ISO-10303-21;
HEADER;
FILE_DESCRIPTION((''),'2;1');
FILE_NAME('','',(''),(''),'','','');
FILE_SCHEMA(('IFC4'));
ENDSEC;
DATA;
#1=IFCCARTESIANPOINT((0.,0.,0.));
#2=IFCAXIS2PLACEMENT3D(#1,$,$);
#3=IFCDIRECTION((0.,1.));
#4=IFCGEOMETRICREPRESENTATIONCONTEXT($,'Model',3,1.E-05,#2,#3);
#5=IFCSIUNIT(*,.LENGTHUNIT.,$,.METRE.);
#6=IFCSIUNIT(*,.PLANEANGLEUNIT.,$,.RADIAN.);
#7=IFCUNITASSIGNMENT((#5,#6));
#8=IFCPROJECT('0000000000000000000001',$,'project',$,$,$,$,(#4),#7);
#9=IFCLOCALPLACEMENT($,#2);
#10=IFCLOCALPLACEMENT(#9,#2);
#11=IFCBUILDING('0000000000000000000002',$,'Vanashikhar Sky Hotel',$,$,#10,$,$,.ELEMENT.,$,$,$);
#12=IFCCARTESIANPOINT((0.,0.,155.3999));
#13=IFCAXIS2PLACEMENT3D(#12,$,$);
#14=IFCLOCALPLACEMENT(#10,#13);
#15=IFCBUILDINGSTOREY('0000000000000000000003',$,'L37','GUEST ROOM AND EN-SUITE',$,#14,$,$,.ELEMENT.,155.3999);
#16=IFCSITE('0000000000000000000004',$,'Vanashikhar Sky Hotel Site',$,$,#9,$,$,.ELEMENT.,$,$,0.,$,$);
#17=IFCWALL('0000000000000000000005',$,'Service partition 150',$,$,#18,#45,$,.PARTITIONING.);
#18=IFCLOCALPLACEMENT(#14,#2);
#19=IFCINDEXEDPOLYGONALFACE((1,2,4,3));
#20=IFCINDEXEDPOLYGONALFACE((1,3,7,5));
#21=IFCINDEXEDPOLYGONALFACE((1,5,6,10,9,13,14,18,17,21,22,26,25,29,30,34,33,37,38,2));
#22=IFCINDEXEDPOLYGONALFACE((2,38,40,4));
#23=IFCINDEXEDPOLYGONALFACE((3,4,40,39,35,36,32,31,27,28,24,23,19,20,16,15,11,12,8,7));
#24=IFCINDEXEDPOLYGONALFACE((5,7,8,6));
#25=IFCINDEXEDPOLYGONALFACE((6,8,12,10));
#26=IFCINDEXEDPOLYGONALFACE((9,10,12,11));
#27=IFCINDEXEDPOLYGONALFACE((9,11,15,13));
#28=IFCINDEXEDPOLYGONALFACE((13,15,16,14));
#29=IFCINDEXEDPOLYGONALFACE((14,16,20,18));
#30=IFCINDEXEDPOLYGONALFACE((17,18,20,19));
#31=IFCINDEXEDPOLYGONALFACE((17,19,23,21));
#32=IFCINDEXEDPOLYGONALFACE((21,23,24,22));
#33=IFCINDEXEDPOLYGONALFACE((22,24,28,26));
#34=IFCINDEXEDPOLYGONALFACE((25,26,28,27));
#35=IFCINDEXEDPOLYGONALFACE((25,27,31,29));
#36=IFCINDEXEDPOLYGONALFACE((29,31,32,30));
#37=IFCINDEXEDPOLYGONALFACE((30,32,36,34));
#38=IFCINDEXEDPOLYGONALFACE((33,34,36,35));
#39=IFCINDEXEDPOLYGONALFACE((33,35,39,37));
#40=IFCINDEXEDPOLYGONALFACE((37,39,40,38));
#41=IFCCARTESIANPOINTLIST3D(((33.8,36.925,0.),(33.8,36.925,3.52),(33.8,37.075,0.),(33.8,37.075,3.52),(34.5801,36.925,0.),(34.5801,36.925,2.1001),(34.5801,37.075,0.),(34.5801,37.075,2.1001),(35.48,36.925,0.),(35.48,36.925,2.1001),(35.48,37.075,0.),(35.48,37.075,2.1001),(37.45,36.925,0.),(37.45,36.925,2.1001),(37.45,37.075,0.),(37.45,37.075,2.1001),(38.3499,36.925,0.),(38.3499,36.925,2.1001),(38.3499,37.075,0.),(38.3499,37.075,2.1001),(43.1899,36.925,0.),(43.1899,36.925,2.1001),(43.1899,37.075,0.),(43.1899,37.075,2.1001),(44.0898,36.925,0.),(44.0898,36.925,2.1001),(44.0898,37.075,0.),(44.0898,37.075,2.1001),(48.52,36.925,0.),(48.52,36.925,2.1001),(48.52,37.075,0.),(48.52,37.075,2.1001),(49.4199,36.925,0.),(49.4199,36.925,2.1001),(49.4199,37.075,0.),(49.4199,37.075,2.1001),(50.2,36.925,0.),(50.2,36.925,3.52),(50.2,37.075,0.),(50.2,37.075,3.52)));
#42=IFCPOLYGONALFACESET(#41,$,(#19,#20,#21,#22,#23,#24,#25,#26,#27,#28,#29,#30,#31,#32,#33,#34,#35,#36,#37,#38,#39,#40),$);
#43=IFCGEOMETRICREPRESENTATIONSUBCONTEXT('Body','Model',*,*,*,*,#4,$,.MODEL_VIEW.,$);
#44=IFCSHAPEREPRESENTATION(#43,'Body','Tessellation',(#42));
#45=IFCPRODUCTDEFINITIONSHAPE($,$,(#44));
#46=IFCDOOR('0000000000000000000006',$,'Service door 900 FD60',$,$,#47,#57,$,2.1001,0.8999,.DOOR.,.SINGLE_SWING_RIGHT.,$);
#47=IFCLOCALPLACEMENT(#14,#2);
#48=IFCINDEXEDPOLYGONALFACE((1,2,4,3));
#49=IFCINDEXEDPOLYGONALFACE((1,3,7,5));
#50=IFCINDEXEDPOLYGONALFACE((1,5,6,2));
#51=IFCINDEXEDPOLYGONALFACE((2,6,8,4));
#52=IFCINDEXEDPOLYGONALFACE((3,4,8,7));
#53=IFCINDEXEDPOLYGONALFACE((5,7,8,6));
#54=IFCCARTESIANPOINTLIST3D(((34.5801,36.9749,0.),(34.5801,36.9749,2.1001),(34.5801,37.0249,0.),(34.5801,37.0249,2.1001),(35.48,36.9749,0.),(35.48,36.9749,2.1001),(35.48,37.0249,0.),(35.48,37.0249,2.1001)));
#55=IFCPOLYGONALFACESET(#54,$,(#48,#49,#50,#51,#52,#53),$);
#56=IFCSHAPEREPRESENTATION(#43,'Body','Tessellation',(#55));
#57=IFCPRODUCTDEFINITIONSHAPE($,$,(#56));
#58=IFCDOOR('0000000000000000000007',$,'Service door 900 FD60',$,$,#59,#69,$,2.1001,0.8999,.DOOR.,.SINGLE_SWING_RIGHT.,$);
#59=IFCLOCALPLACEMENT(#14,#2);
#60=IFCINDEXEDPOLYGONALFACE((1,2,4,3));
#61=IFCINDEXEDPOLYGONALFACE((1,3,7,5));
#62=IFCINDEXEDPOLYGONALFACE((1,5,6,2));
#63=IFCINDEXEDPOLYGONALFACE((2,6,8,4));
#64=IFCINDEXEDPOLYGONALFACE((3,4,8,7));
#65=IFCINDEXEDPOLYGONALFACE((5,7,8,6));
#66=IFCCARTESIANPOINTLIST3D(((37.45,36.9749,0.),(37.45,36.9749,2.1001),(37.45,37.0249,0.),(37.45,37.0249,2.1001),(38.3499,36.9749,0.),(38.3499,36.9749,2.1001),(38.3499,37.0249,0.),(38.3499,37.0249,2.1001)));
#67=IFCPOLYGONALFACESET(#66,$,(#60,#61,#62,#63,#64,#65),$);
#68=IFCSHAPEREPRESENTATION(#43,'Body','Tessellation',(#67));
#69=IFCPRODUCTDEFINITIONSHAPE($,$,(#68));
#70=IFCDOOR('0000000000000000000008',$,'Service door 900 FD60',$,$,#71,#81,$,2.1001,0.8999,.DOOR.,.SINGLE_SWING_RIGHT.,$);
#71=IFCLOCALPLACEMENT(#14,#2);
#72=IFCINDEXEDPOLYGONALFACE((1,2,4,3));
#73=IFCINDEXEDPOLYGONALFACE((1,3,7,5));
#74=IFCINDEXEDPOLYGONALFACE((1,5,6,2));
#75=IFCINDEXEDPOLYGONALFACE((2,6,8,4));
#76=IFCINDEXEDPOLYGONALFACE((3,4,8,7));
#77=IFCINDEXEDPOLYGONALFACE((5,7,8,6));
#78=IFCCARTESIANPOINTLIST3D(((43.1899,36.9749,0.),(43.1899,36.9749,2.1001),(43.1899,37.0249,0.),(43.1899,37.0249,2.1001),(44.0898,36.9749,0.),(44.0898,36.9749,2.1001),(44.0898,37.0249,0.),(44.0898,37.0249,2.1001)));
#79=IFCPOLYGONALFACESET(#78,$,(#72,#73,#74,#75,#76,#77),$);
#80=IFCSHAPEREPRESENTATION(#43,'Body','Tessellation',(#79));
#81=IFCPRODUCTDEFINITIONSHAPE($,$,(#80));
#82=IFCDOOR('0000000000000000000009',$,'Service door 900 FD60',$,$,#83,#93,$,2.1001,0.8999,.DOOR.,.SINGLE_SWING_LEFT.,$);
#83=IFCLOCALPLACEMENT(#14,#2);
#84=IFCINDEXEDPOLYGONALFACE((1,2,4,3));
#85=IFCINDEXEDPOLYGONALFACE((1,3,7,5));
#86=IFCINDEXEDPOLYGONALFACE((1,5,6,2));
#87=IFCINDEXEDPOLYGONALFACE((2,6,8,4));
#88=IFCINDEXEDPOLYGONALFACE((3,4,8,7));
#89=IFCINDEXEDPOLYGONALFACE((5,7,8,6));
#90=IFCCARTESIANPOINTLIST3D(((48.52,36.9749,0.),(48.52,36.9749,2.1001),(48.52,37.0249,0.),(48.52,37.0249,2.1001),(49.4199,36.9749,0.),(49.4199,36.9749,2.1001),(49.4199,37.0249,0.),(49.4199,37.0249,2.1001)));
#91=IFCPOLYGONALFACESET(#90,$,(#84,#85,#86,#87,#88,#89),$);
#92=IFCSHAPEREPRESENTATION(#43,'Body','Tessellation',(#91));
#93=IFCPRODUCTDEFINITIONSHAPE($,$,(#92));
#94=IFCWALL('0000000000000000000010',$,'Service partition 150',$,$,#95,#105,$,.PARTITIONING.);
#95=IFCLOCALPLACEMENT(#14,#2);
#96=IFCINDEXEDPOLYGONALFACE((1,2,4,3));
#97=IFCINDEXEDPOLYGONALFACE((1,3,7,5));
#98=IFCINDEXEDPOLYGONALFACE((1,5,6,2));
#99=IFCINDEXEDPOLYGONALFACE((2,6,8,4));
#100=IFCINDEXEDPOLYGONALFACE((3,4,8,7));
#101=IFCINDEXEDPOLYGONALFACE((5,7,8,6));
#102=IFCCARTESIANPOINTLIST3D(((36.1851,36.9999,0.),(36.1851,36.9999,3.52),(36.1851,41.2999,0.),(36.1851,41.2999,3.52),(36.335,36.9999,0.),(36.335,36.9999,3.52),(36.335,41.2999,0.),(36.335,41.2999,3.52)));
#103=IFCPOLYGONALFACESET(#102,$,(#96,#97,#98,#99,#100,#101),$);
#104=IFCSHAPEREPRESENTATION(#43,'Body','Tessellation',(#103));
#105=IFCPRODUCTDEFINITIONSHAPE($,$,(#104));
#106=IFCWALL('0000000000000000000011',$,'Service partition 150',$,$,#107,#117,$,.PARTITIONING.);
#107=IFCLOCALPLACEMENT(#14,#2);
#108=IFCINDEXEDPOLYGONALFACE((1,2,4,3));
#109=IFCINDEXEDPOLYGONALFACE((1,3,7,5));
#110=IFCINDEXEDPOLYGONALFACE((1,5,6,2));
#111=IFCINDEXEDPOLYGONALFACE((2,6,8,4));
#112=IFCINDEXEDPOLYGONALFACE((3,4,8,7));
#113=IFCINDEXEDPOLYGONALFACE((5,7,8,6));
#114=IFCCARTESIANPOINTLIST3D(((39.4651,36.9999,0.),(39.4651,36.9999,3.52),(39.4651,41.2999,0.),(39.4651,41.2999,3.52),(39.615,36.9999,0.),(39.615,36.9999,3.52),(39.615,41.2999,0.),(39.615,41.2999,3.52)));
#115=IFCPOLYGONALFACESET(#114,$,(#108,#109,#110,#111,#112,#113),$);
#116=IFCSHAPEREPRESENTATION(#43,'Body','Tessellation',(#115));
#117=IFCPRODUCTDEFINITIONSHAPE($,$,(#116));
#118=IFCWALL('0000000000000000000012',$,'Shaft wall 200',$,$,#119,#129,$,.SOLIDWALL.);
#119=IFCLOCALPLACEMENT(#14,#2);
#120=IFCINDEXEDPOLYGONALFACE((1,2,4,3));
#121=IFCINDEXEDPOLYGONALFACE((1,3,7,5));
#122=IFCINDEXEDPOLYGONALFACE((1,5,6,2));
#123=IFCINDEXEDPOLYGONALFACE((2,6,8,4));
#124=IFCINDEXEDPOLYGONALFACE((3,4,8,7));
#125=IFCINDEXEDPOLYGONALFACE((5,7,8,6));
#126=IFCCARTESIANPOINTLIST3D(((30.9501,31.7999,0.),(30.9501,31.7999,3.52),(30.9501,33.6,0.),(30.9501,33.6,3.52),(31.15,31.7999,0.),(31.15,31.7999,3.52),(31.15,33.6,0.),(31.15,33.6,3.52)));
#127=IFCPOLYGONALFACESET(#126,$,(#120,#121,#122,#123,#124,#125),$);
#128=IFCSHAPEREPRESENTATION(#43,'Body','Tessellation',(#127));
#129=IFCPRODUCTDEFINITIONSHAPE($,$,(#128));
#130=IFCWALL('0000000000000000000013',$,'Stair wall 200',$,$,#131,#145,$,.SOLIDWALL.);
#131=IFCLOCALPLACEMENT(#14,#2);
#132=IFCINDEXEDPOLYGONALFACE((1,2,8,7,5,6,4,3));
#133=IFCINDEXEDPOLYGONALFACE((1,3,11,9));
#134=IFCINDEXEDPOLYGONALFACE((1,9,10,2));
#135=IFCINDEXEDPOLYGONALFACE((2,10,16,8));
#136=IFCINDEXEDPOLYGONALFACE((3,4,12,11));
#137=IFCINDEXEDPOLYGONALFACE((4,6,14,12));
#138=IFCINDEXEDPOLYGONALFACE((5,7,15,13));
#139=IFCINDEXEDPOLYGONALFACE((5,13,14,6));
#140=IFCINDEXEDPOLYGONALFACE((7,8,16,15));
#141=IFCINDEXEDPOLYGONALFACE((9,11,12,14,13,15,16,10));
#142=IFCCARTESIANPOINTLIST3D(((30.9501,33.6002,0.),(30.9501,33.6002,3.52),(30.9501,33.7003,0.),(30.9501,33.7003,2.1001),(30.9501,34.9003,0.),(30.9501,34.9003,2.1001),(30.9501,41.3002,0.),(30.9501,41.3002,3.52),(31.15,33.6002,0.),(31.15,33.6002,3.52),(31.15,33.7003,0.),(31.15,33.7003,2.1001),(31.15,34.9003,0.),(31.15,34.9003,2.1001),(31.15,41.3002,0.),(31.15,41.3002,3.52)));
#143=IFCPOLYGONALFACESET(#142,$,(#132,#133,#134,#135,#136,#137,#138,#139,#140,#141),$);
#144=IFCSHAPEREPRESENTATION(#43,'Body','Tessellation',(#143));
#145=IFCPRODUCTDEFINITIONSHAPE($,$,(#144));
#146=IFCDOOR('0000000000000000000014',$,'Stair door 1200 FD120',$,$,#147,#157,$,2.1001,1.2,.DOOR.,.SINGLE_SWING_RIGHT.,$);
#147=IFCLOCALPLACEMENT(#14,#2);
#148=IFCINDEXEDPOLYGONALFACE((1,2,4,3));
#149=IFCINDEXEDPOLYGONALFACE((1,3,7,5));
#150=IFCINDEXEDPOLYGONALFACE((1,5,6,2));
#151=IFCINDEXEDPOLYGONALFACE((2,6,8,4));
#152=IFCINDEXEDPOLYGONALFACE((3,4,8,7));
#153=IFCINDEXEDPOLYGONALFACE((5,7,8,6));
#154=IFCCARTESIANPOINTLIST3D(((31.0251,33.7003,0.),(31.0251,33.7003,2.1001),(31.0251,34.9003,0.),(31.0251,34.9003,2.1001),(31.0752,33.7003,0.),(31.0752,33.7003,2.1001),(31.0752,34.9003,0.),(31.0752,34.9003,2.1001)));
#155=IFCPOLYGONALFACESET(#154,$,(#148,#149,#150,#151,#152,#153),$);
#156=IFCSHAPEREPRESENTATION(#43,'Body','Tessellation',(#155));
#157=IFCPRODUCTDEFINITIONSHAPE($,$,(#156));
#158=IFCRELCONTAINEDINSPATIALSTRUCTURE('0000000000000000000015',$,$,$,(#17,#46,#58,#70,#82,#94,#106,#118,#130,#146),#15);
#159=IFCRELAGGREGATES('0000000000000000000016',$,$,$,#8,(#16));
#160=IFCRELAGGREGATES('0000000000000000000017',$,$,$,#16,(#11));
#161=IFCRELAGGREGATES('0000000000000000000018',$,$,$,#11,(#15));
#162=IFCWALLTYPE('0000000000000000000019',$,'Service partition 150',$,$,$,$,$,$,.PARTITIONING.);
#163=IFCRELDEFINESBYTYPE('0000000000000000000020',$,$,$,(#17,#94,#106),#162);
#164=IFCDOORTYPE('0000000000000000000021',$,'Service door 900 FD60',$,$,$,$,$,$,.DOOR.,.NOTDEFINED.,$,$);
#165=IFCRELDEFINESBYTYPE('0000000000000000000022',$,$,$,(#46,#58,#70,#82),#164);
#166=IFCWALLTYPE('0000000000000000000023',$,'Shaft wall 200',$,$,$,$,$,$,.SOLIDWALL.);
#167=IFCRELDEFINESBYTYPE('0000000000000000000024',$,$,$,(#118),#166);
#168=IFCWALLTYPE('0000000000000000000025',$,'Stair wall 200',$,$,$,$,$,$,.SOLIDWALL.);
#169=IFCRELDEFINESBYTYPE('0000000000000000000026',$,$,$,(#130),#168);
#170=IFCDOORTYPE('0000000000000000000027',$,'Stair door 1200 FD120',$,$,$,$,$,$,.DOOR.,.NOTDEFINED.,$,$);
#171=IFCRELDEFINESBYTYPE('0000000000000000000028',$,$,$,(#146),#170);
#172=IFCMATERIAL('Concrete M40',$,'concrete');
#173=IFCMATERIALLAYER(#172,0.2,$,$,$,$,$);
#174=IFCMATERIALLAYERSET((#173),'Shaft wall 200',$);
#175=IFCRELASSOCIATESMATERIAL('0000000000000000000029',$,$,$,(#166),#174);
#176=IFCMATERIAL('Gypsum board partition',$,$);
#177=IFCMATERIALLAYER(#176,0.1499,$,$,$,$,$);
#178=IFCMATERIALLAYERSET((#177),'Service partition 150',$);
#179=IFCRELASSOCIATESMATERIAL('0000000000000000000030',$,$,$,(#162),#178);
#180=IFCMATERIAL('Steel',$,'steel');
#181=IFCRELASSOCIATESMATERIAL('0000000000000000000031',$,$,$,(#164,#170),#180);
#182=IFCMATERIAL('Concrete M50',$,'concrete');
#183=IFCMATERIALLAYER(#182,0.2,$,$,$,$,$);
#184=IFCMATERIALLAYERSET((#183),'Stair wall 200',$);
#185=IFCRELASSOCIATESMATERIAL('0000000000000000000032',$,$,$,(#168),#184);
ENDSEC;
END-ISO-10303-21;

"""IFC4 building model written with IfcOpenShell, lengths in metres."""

from ifc_helpers import new_model, si_unit, direction, frame, frame_2d, origin, place, context, subcontext, project, spatial, rectangle, extrude, source, transform, mapped, material, layer, layer_set, type_object, element, fill, save


model = new_model("IFC4")

# Units and contexts
model_context = context("Model", 3, precision=1e-05, world=origin(), true_north=direction((0.0, 1.0)))
body_context = subcontext(model_context, "Body", "Model", "MODEL_VIEW")
ifc_project = project(units=[si_unit("LENGTHUNIT", "METRE"), si_unit("PLANEANGLEUNIT", "RADIAN")], contexts=[model_context])

# Site, building, storey
site_placement = place(None, origin())
site = spatial("IfcSite", under=ifc_project, at=site_placement, Name="Vanashikhar Sky Hotel Site", CompositionType="ELEMENT", RefElevation=0.0)
building_placement = place(site_placement, origin())
building = spatial("IfcBuilding", under=site, at=building_placement, Name="Vanashikhar Sky Hotel", CompositionType="ELEMENT")
storey_placement = place(building_placement, frame((0.0, 0.0, 155.3999)))
storey = spatial("IfcBuildingStorey", under=building, at=storey_placement, Name="L37", Description="GUEST ROOM AND EN-SUITE", CompositionType="ELEMENT", Elevation=155.3999)

# Shared definitions
ifc_material_1 = material(Name="Steel", Category="steel")

# Shared definitions
ifc_material_2 = material(Name="Concrete M40", Category="concrete")
ifc_layer_1 = layer(ifc_material_2, 0.2)
ifc_layer_set_1 = layer_set([ifc_layer_1], Name="Shaft wall 200")
wall_type_1 = type_object("IfcWallType", Name="Shaft wall 200", PredefinedType="SOLIDWALL", material=ifc_layer_set_1)

# Shared definitions
ifc_material_3 = material(Name="Gypsum board partition")
ifc_layer_2 = layer(ifc_material_3, 0.1499)
ifc_layer_set_2 = layer_set([ifc_layer_2], Name="Service partition 150")
wall_type_2 = type_object("IfcWallType", Name="Service partition 150", PredefinedType="PARTITIONING", material=ifc_layer_set_2)
shared_shape_1 = source(origin(), body_context, "Body", "SweptSolid", [
    extrude(rectangle(XDim=0.8999, YDim=2.1001, at=frame_2d((0.45, 1.05))), frame((0.0, 0.085, 0.0), z_axis=(0.0, -1.0, 0.0), x_axis=(1.0, 0.0, 0.0)), (0.0, 0.0, 1.0), 0.1699),
])
door_type_1 = type_object("IfcDoorType", Name="Service door 900 FD60", OperationType="NOTDEFINED", PredefinedType="DOOR", material=ifc_material_1)
shared_shape_2 = source(origin(), body_context, "Body", "SweptSolid", [
    extrude(rectangle(XDim=0.8999, YDim=2.1001, at=frame_2d((0.45, 1.05))), frame((0.0, 0.0249, 0.0), z_axis=(0.0, -1.0, 0.0), x_axis=(1.0, 0.0, 0.0)), (0.0, 0.0, 1.0), 0.05),
])

# Wall, openings, doors
shared_shape_3 = source(origin(), body_context, "Body", "SweptSolid", [
    extrude(rectangle(XDim=16.3999, YDim=0.1499, at=frame_2d((8.2, 0.0))), origin(), (0.0, 0.0, 1.0), 3.52),
])
wall_1_placement = place(storey_placement, frame((33.8, 37.0, 0.0), z_axis=(0.0, 0.0, 1.0), x_axis=(1.0, 0.0, 0.0)))
wall_1 = element("IfcWall", 1, at=wall_1_placement, inside=storey, type_object=wall_type_2, Name="Service partition 150", PredefinedType="PARTITIONING", context=body_context, shape_type="MappedRepresentation", body=[
    mapped(shared_shape_3, transform((0.0, 0.0, 0.0), scale=1.0)),
])
opening_1_placement = place(wall_1_placement, frame((0.78, 0.0, 0.0)))
opening_1 = element("IfcOpeningElement", 2, at=opening_1_placement, cuts=wall_1, PredefinedType="OPENING", context=body_context, shape_type="MappedRepresentation", body=[
    mapped(shared_shape_1, transform((0.0, 0.0, 0.0), scale=1.0)),
])
opening_2_placement = place(wall_1_placement, frame((3.6499, 0.0, 0.0)))
opening_2 = element("IfcOpeningElement", 3, at=opening_2_placement, cuts=wall_1, PredefinedType="OPENING", context=body_context, shape_type="MappedRepresentation", body=[
    mapped(shared_shape_1, transform((0.0, 0.0, 0.0), scale=1.0)),
])
opening_3_placement = place(wall_1_placement, frame((9.3899, 0.0, 0.0)))
opening_3 = element("IfcOpeningElement", 4, at=opening_3_placement, cuts=wall_1, PredefinedType="OPENING", context=body_context, shape_type="MappedRepresentation", body=[
    mapped(shared_shape_1, transform((0.0, 0.0, 0.0), scale=1.0)),
])
opening_4_placement = place(wall_1_placement, frame((14.72, 0.0, 0.0)))
opening_4 = element("IfcOpeningElement", 5, at=opening_4_placement, cuts=wall_1, PredefinedType="OPENING", context=body_context, shape_type="MappedRepresentation", body=[
    mapped(shared_shape_1, transform((0.0, 0.0, 0.0), scale=1.0)),
])
door_1_placement = place(opening_1_placement, origin())
door_1 = element("IfcDoor", 6, at=door_1_placement, inside=storey, type_object=door_type_1, Name="Service door 900 FD60", OperationType="SINGLE_SWING_RIGHT", OverallHeight=2.1001, OverallWidth=0.8999, PredefinedType="DOOR", context=body_context, shape_type="MappedRepresentation", body=[
    mapped(shared_shape_2, transform((0.0, 0.0, 0.0), scale=1.0)),
])
fill(opening_1, door_1)
door_2_placement = place(opening_2_placement, origin())
door_2 = element("IfcDoor", 7, at=door_2_placement, inside=storey, type_object=door_type_1, Name="Service door 900 FD60", OperationType="SINGLE_SWING_RIGHT", OverallHeight=2.1001, OverallWidth=0.8999, PredefinedType="DOOR", context=body_context, shape_type="MappedRepresentation", body=[
    mapped(shared_shape_2, transform((0.0, 0.0, 0.0), scale=1.0)),
])
fill(opening_2, door_2)
door_3_placement = place(opening_3_placement, origin())
door_3 = element("IfcDoor", 8, at=door_3_placement, inside=storey, type_object=door_type_1, Name="Service door 900 FD60", OperationType="SINGLE_SWING_RIGHT", OverallHeight=2.1001, OverallWidth=0.8999, PredefinedType="DOOR", context=body_context, shape_type="MappedRepresentation", body=[
    mapped(shared_shape_2, transform((0.0, 0.0, 0.0), scale=1.0)),
])
fill(opening_3, door_3)
door_4_placement = place(opening_4_placement, origin())
door_4 = element("IfcDoor", 9, at=door_4_placement, inside=storey, type_object=door_type_1, Name="Service door 900 FD60", OperationType="SINGLE_SWING_LEFT", OverallHeight=2.1001, OverallWidth=0.8999, PredefinedType="DOOR", context=body_context, shape_type="MappedRepresentation", body=[
    mapped(shared_shape_2, transform((0.0, 0.0, 0.0), scale=1.0)),
])
fill(opening_4, door_4)

# Walls
shared_shape_4 = source(origin(), body_context, "Body", "SweptSolid", [
    extrude(rectangle(XDim=4.3, YDim=0.1499, at=frame_2d((2.1499, 0.0))), origin(), (0.0, 0.0, 1.0), 3.52),
])
for number, where, z_axis, x_axis, name in (
    (10, (36.26, 37.0, 0.0), (0.0, 0.0, 1.0), (0.0, 1.0, 0.0), "Service partition 150"),
    (11, (39.54, 37.0, 0.0), (0.0, 0.0, 1.0), (0.0, 1.0, 0.0), "Service partition 150"),
):
    element("IfcWall", number, at=place(storey_placement, frame(where, z_axis=z_axis, x_axis=x_axis)), inside=storey, type_object=wall_type_2, Name=name, PredefinedType="PARTITIONING", context=body_context, shape_type="MappedRepresentation", body=[
        mapped(shared_shape_4, transform((0.0, 0.0, 0.0), scale=1.0)),
    ])
shared_shape_5 = source(origin(), body_context, "Body", "SweptSolid", [
    extrude(rectangle(XDim=1.8, YDim=0.2, at=frame_2d((0.8999, 0.0))), origin(), (0.0, 0.0, 1.0), 3.52),
])
wall_2_placement = place(storey_placement, frame((31.05, 31.8, 0.0), z_axis=(0.0, 0.0, 1.0), x_axis=(0.0, 1.0, 0.0)))
element("IfcWall", 12, at=wall_2_placement, inside=storey, type_object=wall_type_1, Name="Shaft wall 200", PredefinedType="SOLIDWALL", context=body_context, shape_type="MappedRepresentation", body=[
    mapped(shared_shape_5, transform((0.0, 0.0, 0.0), scale=1.0)),
])

# Wall, opening, door
ifc_material_4 = material(Name="Concrete M50", Category="concrete")
ifc_layer_3 = layer(ifc_material_4, 0.2)
ifc_layer_set_3 = layer_set([ifc_layer_3], Name="Stair wall 200")
wall_type_3 = type_object("IfcWallType", Name="Stair wall 200", PredefinedType="SOLIDWALL", material=ifc_layer_set_3)
shared_shape_6 = source(origin(), body_context, "Body", "SweptSolid", [
    extrude(rectangle(XDim=7.7, YDim=0.2, at=frame_2d((3.8501, 0.0))), origin(), (0.0, 0.0, 1.0), 3.52),
])
wall_3_placement = place(storey_placement, frame((31.05, 33.6001, 0.0), z_axis=(0.0, 0.0, 1.0), x_axis=(0.0, 1.0, 0.0)))
wall_3 = element("IfcWall", 13, at=wall_3_placement, inside=storey, type_object=wall_type_3, Name="Stair wall 200", PredefinedType="SOLIDWALL", context=body_context, shape_type="MappedRepresentation", body=[
    mapped(shared_shape_6, transform((0.0, 0.0, 0.0), scale=1.0)),
])
shared_shape_7 = source(origin(), body_context, "Body", "SweptSolid", [
    extrude(rectangle(XDim=1.2, YDim=2.1001, at=frame_2d((0.6001, 1.05))), frame((0.0, 0.1099, 0.0), z_axis=(0.0, -1.0, 0.0), x_axis=(1.0, 0.0, 0.0)), (0.0, 0.0, 1.0), 0.22),
])
opening_5_placement = place(wall_3_placement, frame((0.1001, 0.0, 0.0)))
opening_5 = element("IfcOpeningElement", 14, at=opening_5_placement, cuts=wall_3, PredefinedType="OPENING", context=body_context, shape_type="MappedRepresentation", body=[
    mapped(shared_shape_7, transform((0.0, 0.0, 0.0), scale=1.0)),
])
door_type_2 = type_object("IfcDoorType", Name="Stair door 1200 FD120", OperationType="NOTDEFINED", PredefinedType="DOOR", material=ifc_material_1)
shared_shape_8 = source(origin(), body_context, "Body", "SweptSolid", [
    extrude(rectangle(XDim=1.2, YDim=2.1001, at=frame_2d((0.6001, 1.05))), frame((0.0, 0.0249, 0.0), z_axis=(0.0, -1.0, 0.0), x_axis=(1.0, 0.0, 0.0)), (0.0, 0.0, 1.0), 0.05),
])
door_5_placement = place(opening_5_placement, origin())
door_5 = element("IfcDoor", 15, at=door_5_placement, inside=storey, type_object=door_type_2, Name="Stair door 1200 FD120", OperationType="SINGLE_SWING_RIGHT", OverallHeight=2.1001, OverallWidth=1.2, PredefinedType="DOOR", context=body_context, shape_type="MappedRepresentation", body=[
    mapped(shared_shape_8, transform((0.0, 0.0, 0.0), scale=1.0)),
])
fill(opening_5, door_5)

save(model, "model.ifc")
